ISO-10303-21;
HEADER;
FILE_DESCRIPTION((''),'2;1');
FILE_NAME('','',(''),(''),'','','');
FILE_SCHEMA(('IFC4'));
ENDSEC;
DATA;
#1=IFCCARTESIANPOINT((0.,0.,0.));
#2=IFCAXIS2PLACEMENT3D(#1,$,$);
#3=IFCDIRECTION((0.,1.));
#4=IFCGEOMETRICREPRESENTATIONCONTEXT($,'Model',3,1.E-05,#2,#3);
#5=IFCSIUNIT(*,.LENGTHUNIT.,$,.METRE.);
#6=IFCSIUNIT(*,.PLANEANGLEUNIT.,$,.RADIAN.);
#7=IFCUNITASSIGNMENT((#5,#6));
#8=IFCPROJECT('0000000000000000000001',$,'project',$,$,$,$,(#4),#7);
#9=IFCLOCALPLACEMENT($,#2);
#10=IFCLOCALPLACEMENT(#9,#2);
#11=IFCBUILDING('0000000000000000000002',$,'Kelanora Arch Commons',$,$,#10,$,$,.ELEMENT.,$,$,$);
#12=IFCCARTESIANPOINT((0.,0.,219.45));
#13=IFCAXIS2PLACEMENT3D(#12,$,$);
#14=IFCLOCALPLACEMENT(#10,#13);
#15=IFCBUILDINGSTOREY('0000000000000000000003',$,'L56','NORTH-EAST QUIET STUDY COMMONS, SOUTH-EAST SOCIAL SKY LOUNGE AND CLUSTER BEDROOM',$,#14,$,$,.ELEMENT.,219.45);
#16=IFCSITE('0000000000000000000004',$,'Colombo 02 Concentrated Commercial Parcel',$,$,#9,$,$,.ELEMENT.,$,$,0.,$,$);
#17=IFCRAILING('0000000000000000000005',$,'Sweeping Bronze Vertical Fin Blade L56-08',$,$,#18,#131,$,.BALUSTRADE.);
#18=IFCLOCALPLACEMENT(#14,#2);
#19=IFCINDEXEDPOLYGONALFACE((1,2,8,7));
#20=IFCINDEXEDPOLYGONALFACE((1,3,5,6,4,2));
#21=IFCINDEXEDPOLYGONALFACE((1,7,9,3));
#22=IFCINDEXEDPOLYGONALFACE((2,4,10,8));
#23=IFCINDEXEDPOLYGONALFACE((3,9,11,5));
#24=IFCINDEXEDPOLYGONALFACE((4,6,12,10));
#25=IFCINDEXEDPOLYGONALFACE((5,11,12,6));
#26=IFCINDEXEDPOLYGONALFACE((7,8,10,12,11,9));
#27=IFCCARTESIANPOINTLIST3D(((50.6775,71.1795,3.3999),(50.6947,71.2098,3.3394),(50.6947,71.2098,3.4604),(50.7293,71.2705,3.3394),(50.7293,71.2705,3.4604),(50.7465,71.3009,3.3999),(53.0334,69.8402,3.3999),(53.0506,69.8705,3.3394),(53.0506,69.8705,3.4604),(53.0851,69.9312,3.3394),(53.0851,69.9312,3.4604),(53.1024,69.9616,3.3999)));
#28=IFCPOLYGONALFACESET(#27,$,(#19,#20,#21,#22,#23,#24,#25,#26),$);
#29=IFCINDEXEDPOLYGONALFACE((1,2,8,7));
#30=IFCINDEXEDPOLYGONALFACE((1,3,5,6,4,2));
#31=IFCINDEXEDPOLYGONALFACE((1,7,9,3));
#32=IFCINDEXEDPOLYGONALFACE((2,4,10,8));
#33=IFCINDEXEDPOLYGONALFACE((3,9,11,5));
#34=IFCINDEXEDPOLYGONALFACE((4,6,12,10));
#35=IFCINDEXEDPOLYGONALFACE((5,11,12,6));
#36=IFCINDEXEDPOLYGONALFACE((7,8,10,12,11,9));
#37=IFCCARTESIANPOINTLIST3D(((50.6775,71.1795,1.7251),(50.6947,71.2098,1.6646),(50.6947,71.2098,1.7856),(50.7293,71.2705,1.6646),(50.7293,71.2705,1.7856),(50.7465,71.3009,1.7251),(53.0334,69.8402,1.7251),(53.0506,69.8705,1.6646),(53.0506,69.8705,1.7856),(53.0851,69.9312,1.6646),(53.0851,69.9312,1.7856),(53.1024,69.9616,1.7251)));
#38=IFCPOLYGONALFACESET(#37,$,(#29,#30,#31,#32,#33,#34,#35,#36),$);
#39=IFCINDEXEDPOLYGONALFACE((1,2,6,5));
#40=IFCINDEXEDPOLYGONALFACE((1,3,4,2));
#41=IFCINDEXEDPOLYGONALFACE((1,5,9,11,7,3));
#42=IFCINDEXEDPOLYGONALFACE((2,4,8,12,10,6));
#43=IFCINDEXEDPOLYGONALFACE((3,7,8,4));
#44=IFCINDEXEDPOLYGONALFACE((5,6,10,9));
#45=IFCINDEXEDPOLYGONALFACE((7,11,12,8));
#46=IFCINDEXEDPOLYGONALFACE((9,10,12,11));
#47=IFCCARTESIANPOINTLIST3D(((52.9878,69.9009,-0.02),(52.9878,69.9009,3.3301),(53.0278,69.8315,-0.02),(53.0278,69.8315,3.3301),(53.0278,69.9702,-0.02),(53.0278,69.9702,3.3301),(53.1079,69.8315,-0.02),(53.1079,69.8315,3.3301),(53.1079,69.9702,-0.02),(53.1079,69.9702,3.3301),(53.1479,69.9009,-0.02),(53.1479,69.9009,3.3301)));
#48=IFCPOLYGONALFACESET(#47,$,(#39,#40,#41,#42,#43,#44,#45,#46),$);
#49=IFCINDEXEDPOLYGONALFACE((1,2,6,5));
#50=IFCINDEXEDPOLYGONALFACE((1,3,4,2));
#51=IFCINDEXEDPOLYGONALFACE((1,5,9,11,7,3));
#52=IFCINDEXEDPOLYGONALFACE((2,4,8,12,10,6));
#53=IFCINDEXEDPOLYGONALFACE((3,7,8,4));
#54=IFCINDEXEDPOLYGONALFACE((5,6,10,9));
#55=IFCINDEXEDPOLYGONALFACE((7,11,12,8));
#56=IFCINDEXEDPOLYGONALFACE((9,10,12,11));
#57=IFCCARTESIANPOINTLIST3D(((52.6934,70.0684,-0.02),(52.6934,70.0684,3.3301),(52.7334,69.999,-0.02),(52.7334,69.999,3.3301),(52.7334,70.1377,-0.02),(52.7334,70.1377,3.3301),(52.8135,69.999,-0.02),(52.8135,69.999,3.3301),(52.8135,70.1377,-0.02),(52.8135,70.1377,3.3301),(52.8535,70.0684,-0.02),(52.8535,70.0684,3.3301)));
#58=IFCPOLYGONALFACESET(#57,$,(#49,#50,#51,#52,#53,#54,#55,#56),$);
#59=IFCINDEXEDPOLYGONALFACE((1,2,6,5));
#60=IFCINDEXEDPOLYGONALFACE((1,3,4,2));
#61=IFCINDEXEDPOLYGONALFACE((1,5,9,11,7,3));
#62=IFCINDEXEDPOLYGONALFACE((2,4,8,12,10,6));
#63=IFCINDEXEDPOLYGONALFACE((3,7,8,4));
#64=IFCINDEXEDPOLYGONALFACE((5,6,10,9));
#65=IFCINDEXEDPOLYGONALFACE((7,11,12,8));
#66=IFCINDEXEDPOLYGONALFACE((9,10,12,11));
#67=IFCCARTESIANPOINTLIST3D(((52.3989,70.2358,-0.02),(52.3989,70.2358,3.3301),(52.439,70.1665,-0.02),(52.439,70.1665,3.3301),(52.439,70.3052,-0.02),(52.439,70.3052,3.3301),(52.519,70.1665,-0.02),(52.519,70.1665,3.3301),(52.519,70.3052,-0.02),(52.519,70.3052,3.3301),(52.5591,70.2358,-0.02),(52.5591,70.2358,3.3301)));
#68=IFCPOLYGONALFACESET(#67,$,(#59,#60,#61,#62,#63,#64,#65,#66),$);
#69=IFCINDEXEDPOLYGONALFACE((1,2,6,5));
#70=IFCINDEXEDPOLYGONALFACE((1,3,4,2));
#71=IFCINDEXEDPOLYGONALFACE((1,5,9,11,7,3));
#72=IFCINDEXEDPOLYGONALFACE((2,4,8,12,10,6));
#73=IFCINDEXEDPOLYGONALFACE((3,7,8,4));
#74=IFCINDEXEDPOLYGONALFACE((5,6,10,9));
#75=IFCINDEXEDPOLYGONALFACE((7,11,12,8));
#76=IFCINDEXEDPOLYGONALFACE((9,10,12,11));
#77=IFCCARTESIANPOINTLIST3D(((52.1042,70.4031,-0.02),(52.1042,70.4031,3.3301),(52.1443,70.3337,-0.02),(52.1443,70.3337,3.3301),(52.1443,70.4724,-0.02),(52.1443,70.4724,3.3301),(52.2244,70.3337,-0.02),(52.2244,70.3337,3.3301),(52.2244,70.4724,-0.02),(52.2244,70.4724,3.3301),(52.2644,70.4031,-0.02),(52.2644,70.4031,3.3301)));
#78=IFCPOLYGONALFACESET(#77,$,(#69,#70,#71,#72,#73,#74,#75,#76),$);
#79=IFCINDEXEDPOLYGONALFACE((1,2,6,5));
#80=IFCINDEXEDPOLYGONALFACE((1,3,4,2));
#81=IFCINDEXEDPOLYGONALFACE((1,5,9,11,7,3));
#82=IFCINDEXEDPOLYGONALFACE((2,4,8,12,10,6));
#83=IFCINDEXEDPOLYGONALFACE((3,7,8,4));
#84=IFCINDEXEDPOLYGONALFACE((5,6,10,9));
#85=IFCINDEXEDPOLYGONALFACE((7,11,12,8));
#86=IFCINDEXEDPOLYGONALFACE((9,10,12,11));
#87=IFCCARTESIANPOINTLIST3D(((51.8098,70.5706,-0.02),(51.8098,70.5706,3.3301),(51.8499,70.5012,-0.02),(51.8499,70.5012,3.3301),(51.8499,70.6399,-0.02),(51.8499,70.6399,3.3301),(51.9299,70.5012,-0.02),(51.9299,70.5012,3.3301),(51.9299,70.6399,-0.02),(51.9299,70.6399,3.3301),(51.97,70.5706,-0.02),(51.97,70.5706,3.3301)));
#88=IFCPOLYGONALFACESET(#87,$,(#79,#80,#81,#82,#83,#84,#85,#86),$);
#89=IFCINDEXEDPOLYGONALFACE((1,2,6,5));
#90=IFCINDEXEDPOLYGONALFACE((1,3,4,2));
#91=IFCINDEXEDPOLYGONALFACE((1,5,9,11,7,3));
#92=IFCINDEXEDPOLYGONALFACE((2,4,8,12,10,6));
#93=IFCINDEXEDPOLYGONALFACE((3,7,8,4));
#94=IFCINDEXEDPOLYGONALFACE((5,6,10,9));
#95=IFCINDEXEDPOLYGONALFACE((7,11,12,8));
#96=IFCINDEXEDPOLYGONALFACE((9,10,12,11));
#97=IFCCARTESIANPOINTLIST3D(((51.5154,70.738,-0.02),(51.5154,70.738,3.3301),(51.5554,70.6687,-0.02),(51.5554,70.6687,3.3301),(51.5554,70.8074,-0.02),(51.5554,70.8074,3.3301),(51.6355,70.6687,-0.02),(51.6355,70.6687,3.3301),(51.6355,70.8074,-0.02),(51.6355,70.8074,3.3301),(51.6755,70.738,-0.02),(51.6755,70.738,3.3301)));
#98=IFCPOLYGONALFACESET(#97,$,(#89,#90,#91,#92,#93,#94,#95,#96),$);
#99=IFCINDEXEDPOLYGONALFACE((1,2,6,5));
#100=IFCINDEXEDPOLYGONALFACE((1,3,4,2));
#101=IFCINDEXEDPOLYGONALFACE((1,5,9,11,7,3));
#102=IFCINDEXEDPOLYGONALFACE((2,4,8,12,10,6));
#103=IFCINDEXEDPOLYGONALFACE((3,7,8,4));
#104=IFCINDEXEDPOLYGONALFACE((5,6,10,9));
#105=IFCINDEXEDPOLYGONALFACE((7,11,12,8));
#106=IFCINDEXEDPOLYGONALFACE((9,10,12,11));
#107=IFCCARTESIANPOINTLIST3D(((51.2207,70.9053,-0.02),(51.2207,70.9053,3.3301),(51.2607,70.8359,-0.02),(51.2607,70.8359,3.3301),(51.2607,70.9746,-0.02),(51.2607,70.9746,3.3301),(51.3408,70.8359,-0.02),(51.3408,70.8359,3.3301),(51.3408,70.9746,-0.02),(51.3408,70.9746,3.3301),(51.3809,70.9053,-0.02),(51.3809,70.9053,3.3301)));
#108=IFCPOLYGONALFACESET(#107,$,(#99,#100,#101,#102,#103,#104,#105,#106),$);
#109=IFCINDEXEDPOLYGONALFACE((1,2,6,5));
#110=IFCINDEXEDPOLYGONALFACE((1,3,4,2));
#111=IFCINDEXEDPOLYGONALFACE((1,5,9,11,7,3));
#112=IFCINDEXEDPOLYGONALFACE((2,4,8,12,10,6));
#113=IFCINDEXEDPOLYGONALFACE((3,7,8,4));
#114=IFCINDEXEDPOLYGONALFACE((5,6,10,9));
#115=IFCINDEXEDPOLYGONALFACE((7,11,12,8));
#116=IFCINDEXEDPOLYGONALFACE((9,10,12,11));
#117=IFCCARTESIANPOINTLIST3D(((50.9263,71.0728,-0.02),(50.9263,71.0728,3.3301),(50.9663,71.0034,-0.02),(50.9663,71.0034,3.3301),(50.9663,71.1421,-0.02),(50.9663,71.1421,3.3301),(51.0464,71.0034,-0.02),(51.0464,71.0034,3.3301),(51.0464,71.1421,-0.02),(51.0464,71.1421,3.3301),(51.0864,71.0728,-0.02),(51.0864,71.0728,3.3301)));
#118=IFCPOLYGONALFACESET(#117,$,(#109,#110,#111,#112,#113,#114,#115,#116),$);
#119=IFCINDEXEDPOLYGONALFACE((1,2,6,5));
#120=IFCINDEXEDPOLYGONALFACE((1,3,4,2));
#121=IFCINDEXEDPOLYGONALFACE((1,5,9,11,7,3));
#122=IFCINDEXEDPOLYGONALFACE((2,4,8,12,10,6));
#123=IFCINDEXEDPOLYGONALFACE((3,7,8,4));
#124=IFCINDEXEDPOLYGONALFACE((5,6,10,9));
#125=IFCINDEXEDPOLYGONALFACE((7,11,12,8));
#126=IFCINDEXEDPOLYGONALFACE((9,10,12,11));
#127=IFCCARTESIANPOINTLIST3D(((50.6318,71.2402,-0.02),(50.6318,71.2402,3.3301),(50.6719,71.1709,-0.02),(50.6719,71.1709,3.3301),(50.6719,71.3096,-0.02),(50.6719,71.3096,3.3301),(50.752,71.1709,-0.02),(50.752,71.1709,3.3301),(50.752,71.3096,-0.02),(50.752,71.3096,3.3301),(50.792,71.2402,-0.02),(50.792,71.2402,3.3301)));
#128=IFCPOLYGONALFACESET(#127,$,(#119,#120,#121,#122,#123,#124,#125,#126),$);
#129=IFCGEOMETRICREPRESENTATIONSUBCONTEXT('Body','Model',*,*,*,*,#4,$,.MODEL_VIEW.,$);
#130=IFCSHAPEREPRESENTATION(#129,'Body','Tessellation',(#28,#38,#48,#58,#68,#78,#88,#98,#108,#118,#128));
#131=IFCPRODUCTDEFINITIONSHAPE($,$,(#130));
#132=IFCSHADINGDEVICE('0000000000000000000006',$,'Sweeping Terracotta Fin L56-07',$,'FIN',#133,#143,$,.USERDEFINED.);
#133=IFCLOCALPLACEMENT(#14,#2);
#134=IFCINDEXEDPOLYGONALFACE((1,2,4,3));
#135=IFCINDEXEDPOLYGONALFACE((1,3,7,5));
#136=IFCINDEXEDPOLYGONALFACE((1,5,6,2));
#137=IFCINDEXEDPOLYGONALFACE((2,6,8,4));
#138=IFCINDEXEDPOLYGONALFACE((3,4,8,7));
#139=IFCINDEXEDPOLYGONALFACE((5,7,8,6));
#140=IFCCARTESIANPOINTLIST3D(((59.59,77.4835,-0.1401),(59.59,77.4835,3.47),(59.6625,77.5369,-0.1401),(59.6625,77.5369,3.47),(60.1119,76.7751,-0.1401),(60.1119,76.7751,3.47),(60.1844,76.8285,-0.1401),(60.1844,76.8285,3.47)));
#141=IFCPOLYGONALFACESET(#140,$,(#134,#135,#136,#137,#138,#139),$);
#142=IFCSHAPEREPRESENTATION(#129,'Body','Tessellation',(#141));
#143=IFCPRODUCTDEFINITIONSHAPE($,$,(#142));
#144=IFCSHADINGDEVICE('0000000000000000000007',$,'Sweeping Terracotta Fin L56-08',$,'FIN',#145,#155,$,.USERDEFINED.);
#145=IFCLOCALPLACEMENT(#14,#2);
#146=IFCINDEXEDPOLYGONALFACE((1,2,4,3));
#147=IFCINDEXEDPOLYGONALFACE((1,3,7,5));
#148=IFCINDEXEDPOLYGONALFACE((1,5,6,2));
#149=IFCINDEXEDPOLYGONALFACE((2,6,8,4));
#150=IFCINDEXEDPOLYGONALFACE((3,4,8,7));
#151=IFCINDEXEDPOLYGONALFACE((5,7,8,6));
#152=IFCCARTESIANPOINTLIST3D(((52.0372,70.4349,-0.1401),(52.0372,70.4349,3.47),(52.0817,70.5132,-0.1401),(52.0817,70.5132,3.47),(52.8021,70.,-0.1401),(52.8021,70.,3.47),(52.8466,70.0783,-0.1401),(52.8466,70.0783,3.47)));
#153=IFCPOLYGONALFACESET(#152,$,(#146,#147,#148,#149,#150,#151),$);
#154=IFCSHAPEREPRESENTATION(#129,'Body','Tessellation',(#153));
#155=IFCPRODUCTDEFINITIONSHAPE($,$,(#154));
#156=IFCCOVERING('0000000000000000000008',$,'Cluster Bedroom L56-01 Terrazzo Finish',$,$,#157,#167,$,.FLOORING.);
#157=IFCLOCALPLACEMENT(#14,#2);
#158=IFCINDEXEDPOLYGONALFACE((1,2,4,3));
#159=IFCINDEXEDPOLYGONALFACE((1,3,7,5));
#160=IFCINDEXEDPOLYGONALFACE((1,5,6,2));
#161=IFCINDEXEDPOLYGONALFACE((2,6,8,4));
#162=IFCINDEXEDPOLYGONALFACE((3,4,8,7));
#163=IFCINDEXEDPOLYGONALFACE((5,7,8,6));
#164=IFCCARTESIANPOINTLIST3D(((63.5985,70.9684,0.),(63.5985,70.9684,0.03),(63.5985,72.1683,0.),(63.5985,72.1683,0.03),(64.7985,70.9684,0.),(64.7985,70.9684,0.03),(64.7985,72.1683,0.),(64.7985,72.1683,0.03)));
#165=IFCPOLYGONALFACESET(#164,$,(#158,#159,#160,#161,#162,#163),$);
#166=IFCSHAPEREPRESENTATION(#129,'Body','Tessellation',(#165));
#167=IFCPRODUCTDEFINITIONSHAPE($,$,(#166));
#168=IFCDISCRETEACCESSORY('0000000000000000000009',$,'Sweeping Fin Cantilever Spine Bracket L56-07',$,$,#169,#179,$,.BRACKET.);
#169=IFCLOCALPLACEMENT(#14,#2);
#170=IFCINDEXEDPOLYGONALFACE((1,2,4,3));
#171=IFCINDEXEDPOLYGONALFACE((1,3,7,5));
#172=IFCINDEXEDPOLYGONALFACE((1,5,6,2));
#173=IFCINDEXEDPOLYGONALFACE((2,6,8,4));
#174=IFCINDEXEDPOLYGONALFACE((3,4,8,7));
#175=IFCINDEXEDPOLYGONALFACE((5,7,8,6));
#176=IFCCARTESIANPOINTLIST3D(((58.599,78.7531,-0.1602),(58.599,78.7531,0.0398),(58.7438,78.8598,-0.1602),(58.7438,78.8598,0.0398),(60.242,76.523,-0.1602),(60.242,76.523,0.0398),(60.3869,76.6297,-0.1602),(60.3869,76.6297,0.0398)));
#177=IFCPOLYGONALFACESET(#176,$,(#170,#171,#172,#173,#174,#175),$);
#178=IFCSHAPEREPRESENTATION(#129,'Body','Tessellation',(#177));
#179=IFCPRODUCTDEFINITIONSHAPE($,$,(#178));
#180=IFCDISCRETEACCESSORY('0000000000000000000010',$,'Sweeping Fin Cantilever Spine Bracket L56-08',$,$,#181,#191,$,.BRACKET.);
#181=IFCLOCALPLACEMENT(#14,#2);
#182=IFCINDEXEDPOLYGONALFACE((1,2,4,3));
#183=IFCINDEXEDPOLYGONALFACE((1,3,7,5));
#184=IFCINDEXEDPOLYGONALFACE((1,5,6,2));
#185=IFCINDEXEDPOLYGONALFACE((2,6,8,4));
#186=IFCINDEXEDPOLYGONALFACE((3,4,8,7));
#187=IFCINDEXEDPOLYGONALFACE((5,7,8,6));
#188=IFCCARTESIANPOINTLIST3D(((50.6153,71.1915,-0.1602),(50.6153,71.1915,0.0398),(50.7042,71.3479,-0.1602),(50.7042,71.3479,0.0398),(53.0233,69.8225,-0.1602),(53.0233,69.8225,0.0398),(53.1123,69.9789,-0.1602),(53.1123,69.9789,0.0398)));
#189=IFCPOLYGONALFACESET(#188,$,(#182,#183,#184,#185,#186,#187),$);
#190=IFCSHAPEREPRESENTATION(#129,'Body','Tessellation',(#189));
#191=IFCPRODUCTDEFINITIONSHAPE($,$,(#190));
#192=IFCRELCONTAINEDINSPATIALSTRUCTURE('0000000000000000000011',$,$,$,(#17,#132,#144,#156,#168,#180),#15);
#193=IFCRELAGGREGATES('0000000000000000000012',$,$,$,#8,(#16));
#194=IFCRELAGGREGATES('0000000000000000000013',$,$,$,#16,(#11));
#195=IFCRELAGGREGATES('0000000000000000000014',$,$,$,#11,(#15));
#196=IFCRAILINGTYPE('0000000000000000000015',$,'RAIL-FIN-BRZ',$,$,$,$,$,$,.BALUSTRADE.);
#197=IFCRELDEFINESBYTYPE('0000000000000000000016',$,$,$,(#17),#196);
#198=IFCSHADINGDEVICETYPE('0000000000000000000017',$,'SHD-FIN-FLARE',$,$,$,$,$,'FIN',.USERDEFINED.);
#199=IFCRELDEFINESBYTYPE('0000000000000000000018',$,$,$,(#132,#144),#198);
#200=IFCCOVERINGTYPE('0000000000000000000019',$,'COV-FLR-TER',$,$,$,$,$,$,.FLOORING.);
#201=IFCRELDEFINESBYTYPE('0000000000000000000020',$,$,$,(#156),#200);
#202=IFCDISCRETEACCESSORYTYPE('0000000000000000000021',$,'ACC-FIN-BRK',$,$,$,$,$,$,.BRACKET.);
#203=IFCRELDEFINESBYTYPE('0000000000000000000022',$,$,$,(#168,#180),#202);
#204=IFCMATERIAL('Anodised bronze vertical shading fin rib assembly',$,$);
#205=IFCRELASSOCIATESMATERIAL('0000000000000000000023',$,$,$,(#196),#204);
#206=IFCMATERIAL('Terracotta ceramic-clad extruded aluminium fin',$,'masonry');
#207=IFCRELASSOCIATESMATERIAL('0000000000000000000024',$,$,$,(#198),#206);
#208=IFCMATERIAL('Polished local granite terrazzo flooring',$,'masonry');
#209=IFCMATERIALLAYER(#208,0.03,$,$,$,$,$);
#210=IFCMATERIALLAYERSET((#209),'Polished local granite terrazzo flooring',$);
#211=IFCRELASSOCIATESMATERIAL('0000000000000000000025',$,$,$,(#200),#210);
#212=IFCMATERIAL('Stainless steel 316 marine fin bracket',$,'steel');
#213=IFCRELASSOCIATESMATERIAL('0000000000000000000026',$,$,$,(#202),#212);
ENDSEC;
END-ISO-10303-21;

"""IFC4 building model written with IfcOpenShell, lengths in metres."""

from ifc_helpers import new_model, si_unit, direction, frame, origin, origin_2d, place, context, subcontext, project, spatial, polyline, rectangle, outline, extrude, source, transform, mapped, material, layer, layer_set, type_object, element, save


model = new_model("IFC4")

# Units and contexts
model_context = context("Model", 3, precision=1e-05, world=origin(), true_north=direction((0.0, 1.0)))
body_context = subcontext(model_context, "Body", "Model", "MODEL_VIEW")
ifc_project = project(units=[si_unit("LENGTHUNIT", "METRE"), si_unit("PLANEANGLEUNIT", "RADIAN")], contexts=[model_context])

# Site, building, storey
site_placement = place(None, origin())
site = spatial("IfcSite", under=ifc_project, at=site_placement, Name="Colombo 02 Concentrated Commercial Parcel", CompositionType="ELEMENT", RefElevation=0.0)
building_placement = place(site_placement, origin())
building = spatial("IfcBuilding", under=site, at=building_placement, Name="Kelanora Arch Commons", CompositionType="ELEMENT")
storey_placement = place(building_placement, frame((0.0, 0.0, 219.45)))
storey = spatial("IfcBuildingStorey", under=building, at=storey_placement, Name="L56", Description="NORTH-EAST QUIET STUDY COMMONS, SOUTH-EAST SOCIAL SKY LOUNGE AND CLUSTER BEDROOM", CompositionType="ELEMENT", Elevation=219.45)

# Railing
ifc_material_1 = material(Name="Anodised bronze vertical shading fin rib assembly")
railing_type = type_object("IfcRailingType", Name="RAIL-FIN-BRZ", PredefinedType="BALUSTRADE", material=ifc_material_1)
railing_1_placement = place(storey_placement, frame((53.0679, 69.9009, -0.02)))
element("IfcRailing", 1, at=railing_1_placement, inside=storey, type_object=railing_type, Name="Sweeping Bronze Vertical Fin Blade L56-08", PredefinedType="BALUSTRADE", context=body_context, shape_type="SweptSolid", body=[
    extrude(outline(polyline([(0.0698, 0.0), (0.0349, 0.0605), (-0.0349, 0.0605), (-0.0698, 0.0), (-0.0349, -0.0605), (0.0349, -0.0605), (0.0698, 0.0)])), frame((0.0, 0.0, 3.4199), z_axis=(-0.869339, 0.494217, 0.0), x_axis=(-0.494217, -0.869339, 0.0)), (0.0, 0.0, 1.0), 2.71),
    extrude(outline(polyline([(0.0698, 0.0), (0.0349, 0.0605), (-0.0349, 0.0605), (-0.0698, 0.0), (-0.0349, -0.0605), (0.0349, -0.0605), (0.0698, 0.0)])), frame((0.0, 0.0, 1.7451), z_axis=(-0.869339, 0.494217, 0.0), x_axis=(-0.494217, -0.869339, 0.0)), (0.0, 0.0, 1.0), 2.71),
    extrude(outline(polyline([(0.0801, 0.0), (0.04, 0.0693), (-0.04, 0.0693), (-0.0801, 0.0), (-0.04, -0.0693), (0.04, -0.0693), (0.0801, 0.0)])), origin(), (0.0, 0.0, 1.0), 3.3501),
    extrude(outline(polyline([(0.0801, 0.0), (0.04, 0.0693), (-0.04, 0.0693), (-0.0801, 0.0), (-0.04, -0.0693), (0.04, -0.0693), (0.0801, 0.0)])), frame((-0.2944, 0.1675, 0.0)), (0.0, 0.0, 1.0), 3.3501),
    extrude(outline(polyline([(0.0801, 0.0), (0.04, 0.0693), (-0.04, 0.0693), (-0.0801, 0.0), (-0.04, -0.0693), (0.04, -0.0693), (0.0801, 0.0)])), frame((-0.5889, 0.335, 0.0)), (0.0, 0.0, 1.0), 3.3501),
    extrude(outline(polyline([(0.0801, 0.0), (0.04, 0.0693), (-0.04, 0.0693), (-0.0801, 0.0), (-0.04, -0.0693), (0.04, -0.0693), (0.0801, 0.0)])), frame((-0.8835, 0.5022, 0.0)), (0.0, 0.0, 1.0), 3.3501),
    extrude(outline(polyline([(0.0801, 0.0), (0.04, 0.0693), (-0.04, 0.0693), (-0.0801, 0.0), (-0.04, -0.0693), (0.04, -0.0693), (0.0801, 0.0)])), frame((-1.178, 0.6697, 0.0)), (0.0, 0.0, 1.0), 3.3501),
    extrude(outline(polyline([(0.0801, 0.0), (0.04, 0.0693), (-0.04, 0.0693), (-0.0801, 0.0), (-0.04, -0.0693), (0.04, -0.0693), (0.0801, 0.0)])), frame((-1.4724, 0.8372, 0.0)), (0.0, 0.0, 1.0), 3.3501),
    extrude(outline(polyline([(0.0801, 0.0), (0.04, 0.0693), (-0.04, 0.0693), (-0.0801, 0.0), (-0.04, -0.0693), (0.04, -0.0693), (0.0801, 0.0)])), frame((-1.7671, 1.0044, 0.0)), (0.0, 0.0, 1.0), 3.3501),
    extrude(outline(polyline([(0.0801, 0.0), (0.04, 0.0693), (-0.04, 0.0693), (-0.0801, 0.0), (-0.04, -0.0693), (0.04, -0.0693), (0.0801, 0.0)])), frame((-2.0615, 1.1719, 0.0)), (0.0, 0.0, 1.0), 3.3501),
    extrude(outline(polyline([(0.0801, 0.0), (0.04, 0.0693), (-0.04, 0.0693), (-0.0801, 0.0), (-0.04, -0.0693), (0.04, -0.0693), (0.0801, 0.0)])), frame((-2.356, 1.3394, 0.0)), (0.0, 0.0, 1.0), 3.3501),
])

# Shading devices
ifc_material_2 = material(Name="Terracotta ceramic-clad extruded aluminium fin", Category="masonry")
shading_device_type = type_object("IfcShadingDeviceType", Name="SHD-FIN-FLARE", ElementType="FIN", PredefinedType="USERDEFINED", material=ifc_material_2)
shared_shape_1 = source(origin(), body_context, "Body", "SweptSolid", [
    extrude(rectangle(XDim=0.8799, YDim=0.0901, at=origin_2d()), origin(), (0.0, 0.0, 1.0), 3.6101),
])
for number, where, z_axis, x_axis, name in (
    (2, (59.8872, 77.156, -0.1401), (0.0, 0.0, 1.0), (-0.593138, 0.805101, 0.0), "Sweeping Terracotta Fin L56-07"),
    (3, (52.4419, 70.2566, -0.1401), (0.0, 0.0, 1.0), (-0.869322, 0.494245, 0.0), "Sweeping Terracotta Fin L56-08"),
):
    element("IfcShadingDevice", number, at=place(storey_placement, frame(where, z_axis=z_axis, x_axis=x_axis)), inside=storey, type_object=shading_device_type, Name=name, ObjectType="FIN", PredefinedType="USERDEFINED", context=body_context, shape_type="MappedRepresentation", body=[
        mapped(shared_shape_1, transform((0.0, 0.0, 0.0), scale=1.0)),
    ])

# Covering
ifc_material_3 = material(Name="Polished local granite terrazzo flooring", Category="masonry")
ifc_layer_1 = layer(ifc_material_3, 0.03)
ifc_layer_set_1 = layer_set([ifc_layer_1], Name="Polished local granite terrazzo flooring")
covering_type = type_object("IfcCoveringType", Name="COV-FLR-TER", PredefinedType="FLOORING", material=ifc_layer_set_1)
shared_shape_2 = source(origin(), body_context, "Body", "SweptSolid", [
    extrude(rectangle(XDim=1.2, YDim=1.2, at=origin_2d()), origin(), (0.0, 0.0, 1.0), 0.03),
])
covering_placement = place(storey_placement, frame((64.1985, 71.5684, 0.0), z_axis=(0.0, 0.0, 1.0), x_axis=(1.0, 0.0, 0.0)))
element("IfcCovering", 4, at=covering_placement, inside=storey, type_object=covering_type, Name="Cluster Bedroom L56-01 Terrazzo Finish", PredefinedType="FLOORING", context=body_context, shape_type="MappedRepresentation", body=[
    mapped(shared_shape_2, transform((0.0, 0.0, 0.0), scale=1.0)),
])

# Discrete accessories
ifc_material_4 = material(Name="Stainless steel 316 marine fin bracket", Category="steel")
discrete_accessory_type = type_object("IfcDiscreteAccessoryType", Name="ACC-FIN-BRK", PredefinedType="BRACKET", material=ifc_material_4)
shared_shape_3 = source(origin(), body_context, "Body", "SweptSolid", [
    extrude(rectangle(XDim=2.77, YDim=0.1799, at=origin_2d()), origin(), (0.0, 0.0, 1.0), 0.2),
])
for number, where, z_axis, x_axis, name in (
    (5, (59.4929, 77.6914, -0.1602), (0.0, 0.0, 1.0), (-0.593138, 0.805101, 0.0), "Sweeping Fin Cantilever Spine Bracket L56-07"),
    (6, (51.8638, 70.5852, -0.1602), (0.0, 0.0, 1.0), (-0.869322, 0.494245, 0.0), "Sweeping Fin Cantilever Spine Bracket L56-08"),
):
    element("IfcDiscreteAccessory", number, at=place(storey_placement, frame(where, z_axis=z_axis, x_axis=x_axis)), inside=storey, type_object=discrete_accessory_type, Name=name, PredefinedType="BRACKET", context=body_context, shape_type="MappedRepresentation", body=[
        mapped(shared_shape_3, transform((0.0, 0.0, 0.0), scale=1.0)),
    ])

save(model, "model.ifc")
